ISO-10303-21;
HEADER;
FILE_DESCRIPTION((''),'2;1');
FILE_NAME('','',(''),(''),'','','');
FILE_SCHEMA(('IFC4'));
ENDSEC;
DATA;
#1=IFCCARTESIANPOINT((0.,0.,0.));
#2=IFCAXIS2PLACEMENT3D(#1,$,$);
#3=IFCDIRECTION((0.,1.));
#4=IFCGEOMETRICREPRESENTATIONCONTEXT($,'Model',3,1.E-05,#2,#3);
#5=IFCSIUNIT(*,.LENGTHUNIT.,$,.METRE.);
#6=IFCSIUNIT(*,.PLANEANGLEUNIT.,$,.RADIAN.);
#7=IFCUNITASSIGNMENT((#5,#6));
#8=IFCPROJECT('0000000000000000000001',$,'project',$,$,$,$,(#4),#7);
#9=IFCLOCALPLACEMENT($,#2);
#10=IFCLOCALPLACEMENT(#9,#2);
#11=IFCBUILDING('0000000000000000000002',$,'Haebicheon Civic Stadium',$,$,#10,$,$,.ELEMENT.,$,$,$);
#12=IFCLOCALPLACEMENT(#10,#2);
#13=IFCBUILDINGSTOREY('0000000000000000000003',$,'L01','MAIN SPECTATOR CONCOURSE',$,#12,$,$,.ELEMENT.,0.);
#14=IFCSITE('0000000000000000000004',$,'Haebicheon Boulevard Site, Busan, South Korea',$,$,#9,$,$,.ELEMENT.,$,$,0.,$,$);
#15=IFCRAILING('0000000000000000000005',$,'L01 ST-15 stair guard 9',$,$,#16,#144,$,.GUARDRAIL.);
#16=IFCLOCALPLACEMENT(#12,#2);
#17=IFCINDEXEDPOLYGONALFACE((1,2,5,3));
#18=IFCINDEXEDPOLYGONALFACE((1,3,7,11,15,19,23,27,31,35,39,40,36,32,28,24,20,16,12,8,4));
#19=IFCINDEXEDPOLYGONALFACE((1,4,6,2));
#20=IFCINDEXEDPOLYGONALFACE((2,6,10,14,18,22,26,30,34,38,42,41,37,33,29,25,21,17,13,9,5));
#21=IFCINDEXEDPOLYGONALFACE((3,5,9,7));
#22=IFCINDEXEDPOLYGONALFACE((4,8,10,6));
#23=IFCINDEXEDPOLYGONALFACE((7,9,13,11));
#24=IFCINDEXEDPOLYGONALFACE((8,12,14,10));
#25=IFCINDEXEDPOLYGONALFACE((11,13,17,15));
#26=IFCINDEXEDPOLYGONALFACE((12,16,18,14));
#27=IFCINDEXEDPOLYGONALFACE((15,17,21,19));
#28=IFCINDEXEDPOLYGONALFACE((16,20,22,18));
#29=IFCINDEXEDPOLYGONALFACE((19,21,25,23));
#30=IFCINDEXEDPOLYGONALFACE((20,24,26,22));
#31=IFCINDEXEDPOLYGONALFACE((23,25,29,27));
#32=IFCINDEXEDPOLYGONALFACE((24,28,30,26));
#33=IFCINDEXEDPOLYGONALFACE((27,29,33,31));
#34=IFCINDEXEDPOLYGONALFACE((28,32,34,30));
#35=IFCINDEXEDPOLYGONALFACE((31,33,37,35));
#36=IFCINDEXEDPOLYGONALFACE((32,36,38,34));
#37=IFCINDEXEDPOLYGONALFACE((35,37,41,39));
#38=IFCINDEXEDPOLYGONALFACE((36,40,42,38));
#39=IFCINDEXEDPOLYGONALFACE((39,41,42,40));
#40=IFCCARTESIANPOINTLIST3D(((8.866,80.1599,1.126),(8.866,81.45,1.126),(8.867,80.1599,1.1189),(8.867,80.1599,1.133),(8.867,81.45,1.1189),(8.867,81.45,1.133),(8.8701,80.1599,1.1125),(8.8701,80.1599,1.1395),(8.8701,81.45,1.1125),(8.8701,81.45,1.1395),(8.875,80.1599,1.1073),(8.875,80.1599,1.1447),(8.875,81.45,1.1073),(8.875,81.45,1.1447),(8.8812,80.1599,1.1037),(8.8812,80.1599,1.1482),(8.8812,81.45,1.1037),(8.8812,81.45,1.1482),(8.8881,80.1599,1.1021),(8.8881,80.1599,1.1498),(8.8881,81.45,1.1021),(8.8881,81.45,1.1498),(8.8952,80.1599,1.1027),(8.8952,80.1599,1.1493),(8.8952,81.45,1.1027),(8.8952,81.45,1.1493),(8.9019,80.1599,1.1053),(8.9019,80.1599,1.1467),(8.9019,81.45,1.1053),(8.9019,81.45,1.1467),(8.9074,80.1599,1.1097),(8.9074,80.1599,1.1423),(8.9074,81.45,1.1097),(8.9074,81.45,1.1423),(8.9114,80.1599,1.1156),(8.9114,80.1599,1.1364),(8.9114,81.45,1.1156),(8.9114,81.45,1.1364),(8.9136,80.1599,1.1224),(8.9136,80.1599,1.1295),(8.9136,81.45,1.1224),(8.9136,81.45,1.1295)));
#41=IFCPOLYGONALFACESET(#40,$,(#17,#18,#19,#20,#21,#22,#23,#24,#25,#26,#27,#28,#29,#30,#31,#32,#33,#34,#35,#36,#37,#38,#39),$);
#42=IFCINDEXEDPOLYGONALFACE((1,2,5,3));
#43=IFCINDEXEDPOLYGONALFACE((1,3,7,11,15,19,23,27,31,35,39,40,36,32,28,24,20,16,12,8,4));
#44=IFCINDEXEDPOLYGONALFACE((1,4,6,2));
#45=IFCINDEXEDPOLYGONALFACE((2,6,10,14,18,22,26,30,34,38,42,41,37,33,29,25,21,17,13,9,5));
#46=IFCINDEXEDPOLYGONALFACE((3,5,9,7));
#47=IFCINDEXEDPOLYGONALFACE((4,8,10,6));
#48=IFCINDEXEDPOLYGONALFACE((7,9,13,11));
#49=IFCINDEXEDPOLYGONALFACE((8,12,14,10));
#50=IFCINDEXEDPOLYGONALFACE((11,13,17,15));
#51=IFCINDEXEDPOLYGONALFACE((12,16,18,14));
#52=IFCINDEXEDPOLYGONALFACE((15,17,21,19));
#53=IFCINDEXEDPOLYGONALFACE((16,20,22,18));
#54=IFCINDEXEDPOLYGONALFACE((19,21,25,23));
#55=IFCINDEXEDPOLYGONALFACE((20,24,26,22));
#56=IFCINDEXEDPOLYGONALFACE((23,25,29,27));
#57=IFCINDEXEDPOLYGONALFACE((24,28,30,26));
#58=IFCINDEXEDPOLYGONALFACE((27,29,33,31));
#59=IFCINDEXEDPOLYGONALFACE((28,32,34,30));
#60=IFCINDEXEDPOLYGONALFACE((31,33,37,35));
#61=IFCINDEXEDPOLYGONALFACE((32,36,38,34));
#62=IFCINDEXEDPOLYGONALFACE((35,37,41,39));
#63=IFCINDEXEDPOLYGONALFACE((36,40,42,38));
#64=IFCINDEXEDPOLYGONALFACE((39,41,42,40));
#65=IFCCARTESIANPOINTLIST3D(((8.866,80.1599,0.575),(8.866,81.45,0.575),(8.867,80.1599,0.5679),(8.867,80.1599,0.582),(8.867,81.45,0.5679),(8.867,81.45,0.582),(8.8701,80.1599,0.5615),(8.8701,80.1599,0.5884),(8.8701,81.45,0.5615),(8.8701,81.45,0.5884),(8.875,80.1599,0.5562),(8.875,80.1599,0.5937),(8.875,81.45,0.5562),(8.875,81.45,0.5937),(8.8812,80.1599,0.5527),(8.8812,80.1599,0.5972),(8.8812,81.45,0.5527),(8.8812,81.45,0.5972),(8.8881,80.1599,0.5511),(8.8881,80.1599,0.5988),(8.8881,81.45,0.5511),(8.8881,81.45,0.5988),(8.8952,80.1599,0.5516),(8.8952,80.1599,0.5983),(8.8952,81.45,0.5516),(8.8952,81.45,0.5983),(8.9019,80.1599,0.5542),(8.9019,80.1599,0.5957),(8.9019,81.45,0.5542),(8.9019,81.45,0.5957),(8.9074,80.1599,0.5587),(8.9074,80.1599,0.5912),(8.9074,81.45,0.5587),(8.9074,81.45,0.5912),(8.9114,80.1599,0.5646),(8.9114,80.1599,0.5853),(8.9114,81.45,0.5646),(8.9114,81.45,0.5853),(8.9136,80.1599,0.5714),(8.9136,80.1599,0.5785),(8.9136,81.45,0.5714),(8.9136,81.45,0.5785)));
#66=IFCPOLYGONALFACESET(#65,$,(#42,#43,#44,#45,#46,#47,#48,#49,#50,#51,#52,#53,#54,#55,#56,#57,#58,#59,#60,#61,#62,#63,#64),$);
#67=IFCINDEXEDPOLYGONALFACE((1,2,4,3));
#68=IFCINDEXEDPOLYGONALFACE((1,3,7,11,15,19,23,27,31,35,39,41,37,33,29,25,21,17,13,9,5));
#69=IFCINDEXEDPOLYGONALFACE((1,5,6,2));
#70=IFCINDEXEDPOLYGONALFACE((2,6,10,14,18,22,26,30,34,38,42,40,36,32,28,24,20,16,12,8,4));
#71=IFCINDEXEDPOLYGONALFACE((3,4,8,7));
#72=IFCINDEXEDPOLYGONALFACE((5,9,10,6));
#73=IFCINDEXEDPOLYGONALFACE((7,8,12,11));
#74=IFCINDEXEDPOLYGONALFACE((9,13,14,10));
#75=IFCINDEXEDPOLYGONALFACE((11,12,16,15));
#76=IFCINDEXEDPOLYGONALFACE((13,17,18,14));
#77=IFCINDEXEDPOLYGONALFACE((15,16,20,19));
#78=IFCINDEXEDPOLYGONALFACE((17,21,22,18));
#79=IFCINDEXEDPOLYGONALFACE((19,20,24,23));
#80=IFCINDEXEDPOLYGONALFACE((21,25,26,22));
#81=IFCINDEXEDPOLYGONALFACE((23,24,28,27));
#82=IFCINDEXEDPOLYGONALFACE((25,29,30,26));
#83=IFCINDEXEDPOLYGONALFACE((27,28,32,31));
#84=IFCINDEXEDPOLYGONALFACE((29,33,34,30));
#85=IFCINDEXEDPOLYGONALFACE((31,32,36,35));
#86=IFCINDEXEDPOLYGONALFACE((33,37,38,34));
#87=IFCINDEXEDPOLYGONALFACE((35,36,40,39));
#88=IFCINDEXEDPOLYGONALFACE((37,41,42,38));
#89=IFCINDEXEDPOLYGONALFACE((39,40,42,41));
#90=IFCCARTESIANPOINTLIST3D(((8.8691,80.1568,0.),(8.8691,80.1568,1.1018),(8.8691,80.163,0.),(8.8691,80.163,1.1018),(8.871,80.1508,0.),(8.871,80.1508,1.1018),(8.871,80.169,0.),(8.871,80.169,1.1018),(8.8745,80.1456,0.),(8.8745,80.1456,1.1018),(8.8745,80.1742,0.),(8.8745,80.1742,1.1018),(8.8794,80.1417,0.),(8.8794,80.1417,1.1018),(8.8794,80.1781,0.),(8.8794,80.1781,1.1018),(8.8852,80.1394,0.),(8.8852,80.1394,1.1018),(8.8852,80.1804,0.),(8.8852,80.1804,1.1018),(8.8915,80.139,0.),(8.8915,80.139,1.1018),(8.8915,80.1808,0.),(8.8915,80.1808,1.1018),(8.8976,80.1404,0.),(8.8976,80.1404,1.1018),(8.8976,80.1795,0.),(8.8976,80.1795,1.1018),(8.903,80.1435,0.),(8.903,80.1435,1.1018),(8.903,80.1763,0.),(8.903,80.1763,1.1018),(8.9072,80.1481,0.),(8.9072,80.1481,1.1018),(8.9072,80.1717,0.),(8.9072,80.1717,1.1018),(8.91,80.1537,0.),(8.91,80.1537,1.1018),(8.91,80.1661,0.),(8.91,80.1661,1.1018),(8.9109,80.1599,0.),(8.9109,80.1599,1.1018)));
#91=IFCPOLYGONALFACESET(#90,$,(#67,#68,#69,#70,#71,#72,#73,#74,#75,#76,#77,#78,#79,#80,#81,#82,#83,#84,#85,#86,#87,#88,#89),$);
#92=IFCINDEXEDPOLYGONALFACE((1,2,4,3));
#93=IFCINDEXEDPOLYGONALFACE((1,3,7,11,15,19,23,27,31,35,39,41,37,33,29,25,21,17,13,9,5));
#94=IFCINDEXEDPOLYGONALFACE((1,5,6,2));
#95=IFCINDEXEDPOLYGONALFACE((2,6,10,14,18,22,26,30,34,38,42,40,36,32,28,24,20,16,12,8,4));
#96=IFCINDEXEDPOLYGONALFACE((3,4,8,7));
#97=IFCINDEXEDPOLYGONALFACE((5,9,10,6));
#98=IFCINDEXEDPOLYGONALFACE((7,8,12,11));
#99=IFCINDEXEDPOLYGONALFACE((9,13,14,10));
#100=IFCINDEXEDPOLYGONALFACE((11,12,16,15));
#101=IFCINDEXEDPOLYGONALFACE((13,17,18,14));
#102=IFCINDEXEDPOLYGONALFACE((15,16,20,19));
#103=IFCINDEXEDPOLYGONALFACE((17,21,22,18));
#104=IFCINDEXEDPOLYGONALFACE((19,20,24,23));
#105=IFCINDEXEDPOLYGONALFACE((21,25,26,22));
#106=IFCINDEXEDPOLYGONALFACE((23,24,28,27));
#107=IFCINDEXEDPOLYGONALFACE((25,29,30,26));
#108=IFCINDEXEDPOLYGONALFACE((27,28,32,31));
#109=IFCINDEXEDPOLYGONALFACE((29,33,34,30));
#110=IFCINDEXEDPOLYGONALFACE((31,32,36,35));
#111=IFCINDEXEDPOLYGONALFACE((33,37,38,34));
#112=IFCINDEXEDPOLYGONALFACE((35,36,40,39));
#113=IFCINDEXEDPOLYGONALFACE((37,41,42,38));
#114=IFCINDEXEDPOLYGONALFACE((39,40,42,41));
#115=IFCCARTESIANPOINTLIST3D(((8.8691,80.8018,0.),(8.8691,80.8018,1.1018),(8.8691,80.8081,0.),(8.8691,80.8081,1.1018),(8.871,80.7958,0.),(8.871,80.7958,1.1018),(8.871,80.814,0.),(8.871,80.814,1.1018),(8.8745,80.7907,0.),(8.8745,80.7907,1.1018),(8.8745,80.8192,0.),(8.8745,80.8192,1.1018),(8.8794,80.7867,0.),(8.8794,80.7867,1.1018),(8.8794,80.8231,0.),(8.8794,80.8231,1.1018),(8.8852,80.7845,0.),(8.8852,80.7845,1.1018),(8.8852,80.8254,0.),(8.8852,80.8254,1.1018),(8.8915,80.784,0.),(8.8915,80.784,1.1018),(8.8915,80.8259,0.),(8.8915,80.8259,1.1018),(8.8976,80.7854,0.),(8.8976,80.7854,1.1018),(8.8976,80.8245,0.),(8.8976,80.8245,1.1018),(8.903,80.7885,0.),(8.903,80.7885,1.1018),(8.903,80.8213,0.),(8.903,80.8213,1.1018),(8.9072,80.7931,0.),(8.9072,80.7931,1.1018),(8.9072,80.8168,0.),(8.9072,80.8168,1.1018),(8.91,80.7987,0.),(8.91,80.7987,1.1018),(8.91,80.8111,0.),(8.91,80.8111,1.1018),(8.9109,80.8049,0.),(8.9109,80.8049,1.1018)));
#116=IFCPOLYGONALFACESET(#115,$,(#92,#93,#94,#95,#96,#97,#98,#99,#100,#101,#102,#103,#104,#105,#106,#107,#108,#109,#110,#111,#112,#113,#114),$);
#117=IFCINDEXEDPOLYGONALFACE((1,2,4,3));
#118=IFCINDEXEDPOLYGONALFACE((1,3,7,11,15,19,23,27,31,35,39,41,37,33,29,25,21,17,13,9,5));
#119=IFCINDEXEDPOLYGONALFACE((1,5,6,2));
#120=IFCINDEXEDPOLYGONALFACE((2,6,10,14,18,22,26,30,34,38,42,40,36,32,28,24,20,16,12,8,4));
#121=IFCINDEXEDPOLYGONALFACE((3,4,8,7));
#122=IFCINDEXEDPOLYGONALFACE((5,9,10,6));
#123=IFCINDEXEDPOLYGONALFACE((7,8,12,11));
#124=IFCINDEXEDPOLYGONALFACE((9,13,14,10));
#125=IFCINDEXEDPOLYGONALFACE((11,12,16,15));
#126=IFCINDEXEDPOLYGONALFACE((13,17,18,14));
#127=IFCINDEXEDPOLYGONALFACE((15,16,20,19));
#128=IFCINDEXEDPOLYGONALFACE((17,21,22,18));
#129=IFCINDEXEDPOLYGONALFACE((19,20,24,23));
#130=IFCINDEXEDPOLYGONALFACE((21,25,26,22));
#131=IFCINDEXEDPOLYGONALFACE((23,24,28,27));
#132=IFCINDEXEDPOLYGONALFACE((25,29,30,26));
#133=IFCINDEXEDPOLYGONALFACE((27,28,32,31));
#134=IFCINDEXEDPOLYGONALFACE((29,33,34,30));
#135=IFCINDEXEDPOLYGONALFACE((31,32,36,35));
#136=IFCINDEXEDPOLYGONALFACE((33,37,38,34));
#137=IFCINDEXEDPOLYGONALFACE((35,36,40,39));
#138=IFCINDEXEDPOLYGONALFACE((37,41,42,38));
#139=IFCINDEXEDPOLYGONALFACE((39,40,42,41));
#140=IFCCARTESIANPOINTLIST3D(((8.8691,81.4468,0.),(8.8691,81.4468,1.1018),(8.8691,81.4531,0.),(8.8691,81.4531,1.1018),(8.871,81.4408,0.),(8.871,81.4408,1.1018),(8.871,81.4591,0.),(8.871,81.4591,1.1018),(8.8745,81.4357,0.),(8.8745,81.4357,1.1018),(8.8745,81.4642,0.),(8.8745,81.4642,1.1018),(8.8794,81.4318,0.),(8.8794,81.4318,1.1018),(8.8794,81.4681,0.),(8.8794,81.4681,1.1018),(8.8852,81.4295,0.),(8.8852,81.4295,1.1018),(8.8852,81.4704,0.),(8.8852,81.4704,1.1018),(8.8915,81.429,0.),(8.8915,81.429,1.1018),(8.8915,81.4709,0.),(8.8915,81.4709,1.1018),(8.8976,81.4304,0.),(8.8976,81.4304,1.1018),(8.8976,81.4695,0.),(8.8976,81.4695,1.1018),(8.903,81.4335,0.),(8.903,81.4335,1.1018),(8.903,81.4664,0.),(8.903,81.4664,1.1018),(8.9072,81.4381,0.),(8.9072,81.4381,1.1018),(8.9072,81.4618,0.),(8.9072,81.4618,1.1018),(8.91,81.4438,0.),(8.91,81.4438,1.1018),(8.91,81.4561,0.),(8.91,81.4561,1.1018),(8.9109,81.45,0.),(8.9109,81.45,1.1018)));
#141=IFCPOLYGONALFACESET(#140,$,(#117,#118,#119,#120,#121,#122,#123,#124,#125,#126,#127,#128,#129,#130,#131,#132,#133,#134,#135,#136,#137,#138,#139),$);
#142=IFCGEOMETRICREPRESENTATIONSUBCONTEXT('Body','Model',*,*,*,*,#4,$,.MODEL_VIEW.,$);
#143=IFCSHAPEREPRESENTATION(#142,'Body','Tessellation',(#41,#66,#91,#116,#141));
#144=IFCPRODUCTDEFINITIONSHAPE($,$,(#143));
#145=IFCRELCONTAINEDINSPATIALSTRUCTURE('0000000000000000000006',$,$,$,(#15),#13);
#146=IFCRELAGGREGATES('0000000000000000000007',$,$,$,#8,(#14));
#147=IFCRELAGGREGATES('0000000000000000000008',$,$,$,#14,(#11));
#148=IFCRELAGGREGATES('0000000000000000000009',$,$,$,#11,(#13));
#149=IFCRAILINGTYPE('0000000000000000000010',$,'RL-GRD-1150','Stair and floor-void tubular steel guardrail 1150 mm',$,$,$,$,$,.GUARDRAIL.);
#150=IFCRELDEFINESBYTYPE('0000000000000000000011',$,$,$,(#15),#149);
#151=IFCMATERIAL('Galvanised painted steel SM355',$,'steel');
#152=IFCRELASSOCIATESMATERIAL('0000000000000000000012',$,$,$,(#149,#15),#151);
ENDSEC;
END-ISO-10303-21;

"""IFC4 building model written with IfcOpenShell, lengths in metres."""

from ifc_helpers import new_model, si_unit, direction, frame, origin, origin_2d, place, context, subcontext, project, spatial, circle, extrude, material, type_object, element, save


model = new_model("IFC4")

# Units and contexts
model_context = context("Model", 3, precision=1e-05, world=origin(), true_north=direction((0.0, 1.0)))
body_context = subcontext(model_context, "Body", "Model", "MODEL_VIEW")
ifc_project = project(units=[si_unit("LENGTHUNIT", "METRE"), si_unit("PLANEANGLEUNIT", "RADIAN")], contexts=[model_context])

# Site, building, storey
site_placement = place(None, origin())
site = spatial("IfcSite", under=ifc_project, at=site_placement, Name="Haebicheon Boulevard Site, Busan, South Korea", CompositionType="ELEMENT", RefElevation=0.0)
building_placement = place(site_placement, origin())
building = spatial("IfcBuilding", under=site, at=building_placement, Name="Haebicheon Civic Stadium", CompositionType="ELEMENT")
storey_placement = place(building_placement, origin())
storey = spatial("IfcBuildingStorey", under=building, at=storey_placement, Name="L01", Description="MAIN SPECTATOR CONCOURSE", CompositionType="ELEMENT", Elevation=0.0)

# Railing
ifc_material_1 = material(Name="Galvanised painted steel SM355", Category="steel")
railing_type = type_object("IfcRailingType", Name="RL-GRD-1150", Description="Stair and floor-void tubular steel guardrail 1150 mm", PredefinedType="GUARDRAIL", material=ifc_material_1)
for number, where, name in (
    (1, (8.8899, 80.1599, 0.0), "L01 ST-15 stair guard 9"),
):
    element("IfcRailing", number, at=place(storey_placement, frame(where)), inside=storey, type_object=railing_type, material=ifc_material_1, Name=name, PredefinedType="GUARDRAIL", context=body_context, shape_type="SweptSolid", body=[
        extrude(circle(Radius=0.0239, at=origin_2d()), frame((0.0, 0.0, 1.126), z_axis=(0.0, 1.0, 0.0), x_axis=(-1.0, 0.0, 0.0)), (0.0, 0.0, 1.0), 1.29),
        extrude(circle(Radius=0.0239, at=origin_2d()), frame((0.0, 0.0, 0.575), z_axis=(0.0, 1.0, 0.0), x_axis=(-1.0, 0.0, 0.0)), (0.0, 0.0, 1.0), 1.29),
        extrude(circle(Radius=0.021, at=origin_2d()), origin(), (0.0, 0.0, 1.0), 1.1018),
        extrude(circle(Radius=0.021, at=origin_2d()), frame((0.0, 0.645, 0.0)), (0.0, 0.0, 1.0), 1.1018),
        extrude(circle(Radius=0.021, at=origin_2d()), frame((0.0, 1.29, 0.0)), (0.0, 0.0, 1.0), 1.1018),
    ])

save(model, "model.ifc")
